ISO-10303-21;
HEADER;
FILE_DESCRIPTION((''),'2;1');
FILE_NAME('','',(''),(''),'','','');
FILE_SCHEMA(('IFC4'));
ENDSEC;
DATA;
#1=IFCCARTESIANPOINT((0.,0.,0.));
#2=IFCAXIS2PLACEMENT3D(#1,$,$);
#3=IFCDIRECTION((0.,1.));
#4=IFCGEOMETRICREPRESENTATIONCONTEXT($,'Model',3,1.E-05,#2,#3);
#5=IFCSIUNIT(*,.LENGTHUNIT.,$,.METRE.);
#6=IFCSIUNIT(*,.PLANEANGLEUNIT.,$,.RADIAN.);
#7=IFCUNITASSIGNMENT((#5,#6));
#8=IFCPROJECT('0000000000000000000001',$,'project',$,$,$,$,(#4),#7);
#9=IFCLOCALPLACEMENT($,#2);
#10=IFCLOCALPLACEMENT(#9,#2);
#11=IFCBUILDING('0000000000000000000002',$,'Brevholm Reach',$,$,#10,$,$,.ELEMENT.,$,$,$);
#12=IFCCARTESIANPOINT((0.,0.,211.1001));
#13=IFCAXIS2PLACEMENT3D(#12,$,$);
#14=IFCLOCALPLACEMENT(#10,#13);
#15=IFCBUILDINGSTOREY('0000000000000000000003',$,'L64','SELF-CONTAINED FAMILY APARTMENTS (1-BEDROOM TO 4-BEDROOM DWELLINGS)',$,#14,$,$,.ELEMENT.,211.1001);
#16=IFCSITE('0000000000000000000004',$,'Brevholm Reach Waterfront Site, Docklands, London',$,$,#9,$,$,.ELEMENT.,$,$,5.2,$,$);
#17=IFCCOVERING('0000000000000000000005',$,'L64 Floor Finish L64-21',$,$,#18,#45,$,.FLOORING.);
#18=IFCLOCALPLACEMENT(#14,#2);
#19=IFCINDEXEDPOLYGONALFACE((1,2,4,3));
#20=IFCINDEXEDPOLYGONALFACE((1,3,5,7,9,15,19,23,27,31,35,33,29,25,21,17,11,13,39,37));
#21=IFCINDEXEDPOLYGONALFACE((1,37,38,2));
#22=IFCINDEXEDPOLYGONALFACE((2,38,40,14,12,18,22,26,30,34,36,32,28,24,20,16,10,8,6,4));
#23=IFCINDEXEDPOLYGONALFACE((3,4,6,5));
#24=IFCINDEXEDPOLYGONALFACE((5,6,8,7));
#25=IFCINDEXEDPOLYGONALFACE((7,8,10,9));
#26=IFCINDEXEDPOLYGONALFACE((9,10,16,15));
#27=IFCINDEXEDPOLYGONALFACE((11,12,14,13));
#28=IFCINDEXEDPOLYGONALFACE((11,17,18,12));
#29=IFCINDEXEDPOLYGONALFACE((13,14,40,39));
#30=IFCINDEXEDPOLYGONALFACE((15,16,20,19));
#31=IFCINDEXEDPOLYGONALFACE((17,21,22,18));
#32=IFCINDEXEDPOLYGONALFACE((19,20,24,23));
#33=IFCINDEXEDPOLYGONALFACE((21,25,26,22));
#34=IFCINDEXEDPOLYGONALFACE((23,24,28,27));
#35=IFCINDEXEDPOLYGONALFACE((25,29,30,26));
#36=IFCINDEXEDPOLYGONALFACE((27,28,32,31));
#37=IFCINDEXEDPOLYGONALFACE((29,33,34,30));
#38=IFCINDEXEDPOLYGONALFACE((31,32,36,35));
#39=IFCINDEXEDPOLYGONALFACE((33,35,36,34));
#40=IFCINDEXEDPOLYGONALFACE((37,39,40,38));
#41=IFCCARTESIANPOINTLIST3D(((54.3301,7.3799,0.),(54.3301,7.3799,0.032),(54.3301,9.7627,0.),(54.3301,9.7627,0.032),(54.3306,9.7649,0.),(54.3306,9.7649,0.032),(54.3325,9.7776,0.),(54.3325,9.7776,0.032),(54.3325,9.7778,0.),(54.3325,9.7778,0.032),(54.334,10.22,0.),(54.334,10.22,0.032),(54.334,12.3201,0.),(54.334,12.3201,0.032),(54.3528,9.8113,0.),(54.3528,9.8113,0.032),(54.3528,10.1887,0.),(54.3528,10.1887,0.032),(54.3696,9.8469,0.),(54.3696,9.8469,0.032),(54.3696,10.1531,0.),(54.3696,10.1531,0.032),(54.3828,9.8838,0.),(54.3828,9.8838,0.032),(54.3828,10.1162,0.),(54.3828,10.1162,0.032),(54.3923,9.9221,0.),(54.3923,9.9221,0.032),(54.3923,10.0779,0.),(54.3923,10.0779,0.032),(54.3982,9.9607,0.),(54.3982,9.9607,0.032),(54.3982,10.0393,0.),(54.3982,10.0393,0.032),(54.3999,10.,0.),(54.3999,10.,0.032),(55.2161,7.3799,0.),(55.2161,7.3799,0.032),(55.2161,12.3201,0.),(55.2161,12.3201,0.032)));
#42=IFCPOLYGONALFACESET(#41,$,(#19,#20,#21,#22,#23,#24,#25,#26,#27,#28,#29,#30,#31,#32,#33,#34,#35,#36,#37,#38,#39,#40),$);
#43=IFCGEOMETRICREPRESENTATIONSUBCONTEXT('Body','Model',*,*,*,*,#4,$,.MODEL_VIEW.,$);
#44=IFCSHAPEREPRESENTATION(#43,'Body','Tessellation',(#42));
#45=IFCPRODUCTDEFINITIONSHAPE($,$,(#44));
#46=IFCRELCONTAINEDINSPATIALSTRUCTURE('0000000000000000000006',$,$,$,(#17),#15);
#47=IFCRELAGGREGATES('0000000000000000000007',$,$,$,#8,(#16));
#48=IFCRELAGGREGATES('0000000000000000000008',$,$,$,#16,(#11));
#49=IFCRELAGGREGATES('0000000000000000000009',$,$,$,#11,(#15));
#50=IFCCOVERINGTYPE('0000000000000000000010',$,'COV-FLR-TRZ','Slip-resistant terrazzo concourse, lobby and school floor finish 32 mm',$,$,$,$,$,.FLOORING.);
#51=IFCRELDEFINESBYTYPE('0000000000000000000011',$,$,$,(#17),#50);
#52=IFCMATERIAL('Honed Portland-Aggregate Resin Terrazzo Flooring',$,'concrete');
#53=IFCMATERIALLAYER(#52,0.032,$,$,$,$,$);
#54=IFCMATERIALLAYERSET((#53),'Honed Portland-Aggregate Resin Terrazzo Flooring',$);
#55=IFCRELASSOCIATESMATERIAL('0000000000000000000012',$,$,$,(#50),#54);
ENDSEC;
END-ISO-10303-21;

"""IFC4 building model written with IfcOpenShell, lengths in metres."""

from ifc_helpers import new_model, si_unit, direction, frame, origin, place, context, subcontext, project, spatial, polyline, outline, extrude, material, layer, layer_set, type_object, element, save


model = new_model("IFC4")

# Units and contexts
model_context = context("Model", 3, precision=1e-05, world=origin(), true_north=direction((0.0, 1.0)))
body_context = subcontext(model_context, "Body", "Model", "MODEL_VIEW")
ifc_project = project(units=[si_unit("LENGTHUNIT", "METRE"), si_unit("PLANEANGLEUNIT", "RADIAN")], contexts=[model_context])

# Site, building, storey
site_placement = place(None, origin())
site = spatial("IfcSite", under=ifc_project, at=site_placement, Name="Brevholm Reach Waterfront Site, Docklands, London", CompositionType="ELEMENT", RefElevation=5.2)
building_placement = place(site_placement, origin())
building = spatial("IfcBuilding", under=site, at=building_placement, Name="Brevholm Reach", CompositionType="ELEMENT")
storey_placement = place(building_placement, frame((0.0, 0.0, 211.1001)))
storey = spatial("IfcBuildingStorey", under=building, at=storey_placement, Name="L64", Description="SELF-CONTAINED FAMILY APARTMENTS (1-BEDROOM TO 4-BEDROOM DWELLINGS)", CompositionType="ELEMENT", Elevation=211.1001)

# Covering
ifc_material_1 = material(Name="Honed Portland-Aggregate Resin Terrazzo Flooring", Category="concrete")
ifc_layer_1 = layer(ifc_material_1, 0.032)
ifc_layer_set_1 = layer_set([ifc_layer_1], Name="Honed Portland-Aggregate Resin Terrazzo Flooring")
covering_type_1 = type_object("IfcCoveringType", Name="COV-FLR-TRZ", Description="Slip-resistant terrazzo concourse, lobby and school floor finish 32 mm", PredefinedType="FLOORING", material=ifc_layer_set_1)
covering_1_placement = place(storey_placement, origin())
element("IfcCovering", 1, at=covering_1_placement, inside=storey, type_object=covering_type_1, Name="L64 Floor Finish L64-21", PredefinedType="FLOORING", context=body_context, shape_type="SweptSolid", body=[
    extrude(outline(polyline([(54.3301, 9.7627), (54.3306, 9.7649), (54.3325, 9.7776), (54.3325, 9.7778), (54.3528, 9.8113), (54.3696, 9.8469), (54.3828, 9.8838), (54.3923, 9.9221), (54.3982, 9.9607), (54.3999, 10.0), (54.3982, 10.0393), (54.3923, 10.0779), (54.3828, 10.1162), (54.3696, 10.1531), (54.3528, 10.1887), (54.334, 10.22), (54.334, 12.3201), (55.2161, 12.3201), (55.2161, 7.3799), (54.3301, 7.3799), (54.3301, 9.7627)])), origin(), (0.0, 0.0, 1.0), 0.032),
])

save(model, "model.ifc")
